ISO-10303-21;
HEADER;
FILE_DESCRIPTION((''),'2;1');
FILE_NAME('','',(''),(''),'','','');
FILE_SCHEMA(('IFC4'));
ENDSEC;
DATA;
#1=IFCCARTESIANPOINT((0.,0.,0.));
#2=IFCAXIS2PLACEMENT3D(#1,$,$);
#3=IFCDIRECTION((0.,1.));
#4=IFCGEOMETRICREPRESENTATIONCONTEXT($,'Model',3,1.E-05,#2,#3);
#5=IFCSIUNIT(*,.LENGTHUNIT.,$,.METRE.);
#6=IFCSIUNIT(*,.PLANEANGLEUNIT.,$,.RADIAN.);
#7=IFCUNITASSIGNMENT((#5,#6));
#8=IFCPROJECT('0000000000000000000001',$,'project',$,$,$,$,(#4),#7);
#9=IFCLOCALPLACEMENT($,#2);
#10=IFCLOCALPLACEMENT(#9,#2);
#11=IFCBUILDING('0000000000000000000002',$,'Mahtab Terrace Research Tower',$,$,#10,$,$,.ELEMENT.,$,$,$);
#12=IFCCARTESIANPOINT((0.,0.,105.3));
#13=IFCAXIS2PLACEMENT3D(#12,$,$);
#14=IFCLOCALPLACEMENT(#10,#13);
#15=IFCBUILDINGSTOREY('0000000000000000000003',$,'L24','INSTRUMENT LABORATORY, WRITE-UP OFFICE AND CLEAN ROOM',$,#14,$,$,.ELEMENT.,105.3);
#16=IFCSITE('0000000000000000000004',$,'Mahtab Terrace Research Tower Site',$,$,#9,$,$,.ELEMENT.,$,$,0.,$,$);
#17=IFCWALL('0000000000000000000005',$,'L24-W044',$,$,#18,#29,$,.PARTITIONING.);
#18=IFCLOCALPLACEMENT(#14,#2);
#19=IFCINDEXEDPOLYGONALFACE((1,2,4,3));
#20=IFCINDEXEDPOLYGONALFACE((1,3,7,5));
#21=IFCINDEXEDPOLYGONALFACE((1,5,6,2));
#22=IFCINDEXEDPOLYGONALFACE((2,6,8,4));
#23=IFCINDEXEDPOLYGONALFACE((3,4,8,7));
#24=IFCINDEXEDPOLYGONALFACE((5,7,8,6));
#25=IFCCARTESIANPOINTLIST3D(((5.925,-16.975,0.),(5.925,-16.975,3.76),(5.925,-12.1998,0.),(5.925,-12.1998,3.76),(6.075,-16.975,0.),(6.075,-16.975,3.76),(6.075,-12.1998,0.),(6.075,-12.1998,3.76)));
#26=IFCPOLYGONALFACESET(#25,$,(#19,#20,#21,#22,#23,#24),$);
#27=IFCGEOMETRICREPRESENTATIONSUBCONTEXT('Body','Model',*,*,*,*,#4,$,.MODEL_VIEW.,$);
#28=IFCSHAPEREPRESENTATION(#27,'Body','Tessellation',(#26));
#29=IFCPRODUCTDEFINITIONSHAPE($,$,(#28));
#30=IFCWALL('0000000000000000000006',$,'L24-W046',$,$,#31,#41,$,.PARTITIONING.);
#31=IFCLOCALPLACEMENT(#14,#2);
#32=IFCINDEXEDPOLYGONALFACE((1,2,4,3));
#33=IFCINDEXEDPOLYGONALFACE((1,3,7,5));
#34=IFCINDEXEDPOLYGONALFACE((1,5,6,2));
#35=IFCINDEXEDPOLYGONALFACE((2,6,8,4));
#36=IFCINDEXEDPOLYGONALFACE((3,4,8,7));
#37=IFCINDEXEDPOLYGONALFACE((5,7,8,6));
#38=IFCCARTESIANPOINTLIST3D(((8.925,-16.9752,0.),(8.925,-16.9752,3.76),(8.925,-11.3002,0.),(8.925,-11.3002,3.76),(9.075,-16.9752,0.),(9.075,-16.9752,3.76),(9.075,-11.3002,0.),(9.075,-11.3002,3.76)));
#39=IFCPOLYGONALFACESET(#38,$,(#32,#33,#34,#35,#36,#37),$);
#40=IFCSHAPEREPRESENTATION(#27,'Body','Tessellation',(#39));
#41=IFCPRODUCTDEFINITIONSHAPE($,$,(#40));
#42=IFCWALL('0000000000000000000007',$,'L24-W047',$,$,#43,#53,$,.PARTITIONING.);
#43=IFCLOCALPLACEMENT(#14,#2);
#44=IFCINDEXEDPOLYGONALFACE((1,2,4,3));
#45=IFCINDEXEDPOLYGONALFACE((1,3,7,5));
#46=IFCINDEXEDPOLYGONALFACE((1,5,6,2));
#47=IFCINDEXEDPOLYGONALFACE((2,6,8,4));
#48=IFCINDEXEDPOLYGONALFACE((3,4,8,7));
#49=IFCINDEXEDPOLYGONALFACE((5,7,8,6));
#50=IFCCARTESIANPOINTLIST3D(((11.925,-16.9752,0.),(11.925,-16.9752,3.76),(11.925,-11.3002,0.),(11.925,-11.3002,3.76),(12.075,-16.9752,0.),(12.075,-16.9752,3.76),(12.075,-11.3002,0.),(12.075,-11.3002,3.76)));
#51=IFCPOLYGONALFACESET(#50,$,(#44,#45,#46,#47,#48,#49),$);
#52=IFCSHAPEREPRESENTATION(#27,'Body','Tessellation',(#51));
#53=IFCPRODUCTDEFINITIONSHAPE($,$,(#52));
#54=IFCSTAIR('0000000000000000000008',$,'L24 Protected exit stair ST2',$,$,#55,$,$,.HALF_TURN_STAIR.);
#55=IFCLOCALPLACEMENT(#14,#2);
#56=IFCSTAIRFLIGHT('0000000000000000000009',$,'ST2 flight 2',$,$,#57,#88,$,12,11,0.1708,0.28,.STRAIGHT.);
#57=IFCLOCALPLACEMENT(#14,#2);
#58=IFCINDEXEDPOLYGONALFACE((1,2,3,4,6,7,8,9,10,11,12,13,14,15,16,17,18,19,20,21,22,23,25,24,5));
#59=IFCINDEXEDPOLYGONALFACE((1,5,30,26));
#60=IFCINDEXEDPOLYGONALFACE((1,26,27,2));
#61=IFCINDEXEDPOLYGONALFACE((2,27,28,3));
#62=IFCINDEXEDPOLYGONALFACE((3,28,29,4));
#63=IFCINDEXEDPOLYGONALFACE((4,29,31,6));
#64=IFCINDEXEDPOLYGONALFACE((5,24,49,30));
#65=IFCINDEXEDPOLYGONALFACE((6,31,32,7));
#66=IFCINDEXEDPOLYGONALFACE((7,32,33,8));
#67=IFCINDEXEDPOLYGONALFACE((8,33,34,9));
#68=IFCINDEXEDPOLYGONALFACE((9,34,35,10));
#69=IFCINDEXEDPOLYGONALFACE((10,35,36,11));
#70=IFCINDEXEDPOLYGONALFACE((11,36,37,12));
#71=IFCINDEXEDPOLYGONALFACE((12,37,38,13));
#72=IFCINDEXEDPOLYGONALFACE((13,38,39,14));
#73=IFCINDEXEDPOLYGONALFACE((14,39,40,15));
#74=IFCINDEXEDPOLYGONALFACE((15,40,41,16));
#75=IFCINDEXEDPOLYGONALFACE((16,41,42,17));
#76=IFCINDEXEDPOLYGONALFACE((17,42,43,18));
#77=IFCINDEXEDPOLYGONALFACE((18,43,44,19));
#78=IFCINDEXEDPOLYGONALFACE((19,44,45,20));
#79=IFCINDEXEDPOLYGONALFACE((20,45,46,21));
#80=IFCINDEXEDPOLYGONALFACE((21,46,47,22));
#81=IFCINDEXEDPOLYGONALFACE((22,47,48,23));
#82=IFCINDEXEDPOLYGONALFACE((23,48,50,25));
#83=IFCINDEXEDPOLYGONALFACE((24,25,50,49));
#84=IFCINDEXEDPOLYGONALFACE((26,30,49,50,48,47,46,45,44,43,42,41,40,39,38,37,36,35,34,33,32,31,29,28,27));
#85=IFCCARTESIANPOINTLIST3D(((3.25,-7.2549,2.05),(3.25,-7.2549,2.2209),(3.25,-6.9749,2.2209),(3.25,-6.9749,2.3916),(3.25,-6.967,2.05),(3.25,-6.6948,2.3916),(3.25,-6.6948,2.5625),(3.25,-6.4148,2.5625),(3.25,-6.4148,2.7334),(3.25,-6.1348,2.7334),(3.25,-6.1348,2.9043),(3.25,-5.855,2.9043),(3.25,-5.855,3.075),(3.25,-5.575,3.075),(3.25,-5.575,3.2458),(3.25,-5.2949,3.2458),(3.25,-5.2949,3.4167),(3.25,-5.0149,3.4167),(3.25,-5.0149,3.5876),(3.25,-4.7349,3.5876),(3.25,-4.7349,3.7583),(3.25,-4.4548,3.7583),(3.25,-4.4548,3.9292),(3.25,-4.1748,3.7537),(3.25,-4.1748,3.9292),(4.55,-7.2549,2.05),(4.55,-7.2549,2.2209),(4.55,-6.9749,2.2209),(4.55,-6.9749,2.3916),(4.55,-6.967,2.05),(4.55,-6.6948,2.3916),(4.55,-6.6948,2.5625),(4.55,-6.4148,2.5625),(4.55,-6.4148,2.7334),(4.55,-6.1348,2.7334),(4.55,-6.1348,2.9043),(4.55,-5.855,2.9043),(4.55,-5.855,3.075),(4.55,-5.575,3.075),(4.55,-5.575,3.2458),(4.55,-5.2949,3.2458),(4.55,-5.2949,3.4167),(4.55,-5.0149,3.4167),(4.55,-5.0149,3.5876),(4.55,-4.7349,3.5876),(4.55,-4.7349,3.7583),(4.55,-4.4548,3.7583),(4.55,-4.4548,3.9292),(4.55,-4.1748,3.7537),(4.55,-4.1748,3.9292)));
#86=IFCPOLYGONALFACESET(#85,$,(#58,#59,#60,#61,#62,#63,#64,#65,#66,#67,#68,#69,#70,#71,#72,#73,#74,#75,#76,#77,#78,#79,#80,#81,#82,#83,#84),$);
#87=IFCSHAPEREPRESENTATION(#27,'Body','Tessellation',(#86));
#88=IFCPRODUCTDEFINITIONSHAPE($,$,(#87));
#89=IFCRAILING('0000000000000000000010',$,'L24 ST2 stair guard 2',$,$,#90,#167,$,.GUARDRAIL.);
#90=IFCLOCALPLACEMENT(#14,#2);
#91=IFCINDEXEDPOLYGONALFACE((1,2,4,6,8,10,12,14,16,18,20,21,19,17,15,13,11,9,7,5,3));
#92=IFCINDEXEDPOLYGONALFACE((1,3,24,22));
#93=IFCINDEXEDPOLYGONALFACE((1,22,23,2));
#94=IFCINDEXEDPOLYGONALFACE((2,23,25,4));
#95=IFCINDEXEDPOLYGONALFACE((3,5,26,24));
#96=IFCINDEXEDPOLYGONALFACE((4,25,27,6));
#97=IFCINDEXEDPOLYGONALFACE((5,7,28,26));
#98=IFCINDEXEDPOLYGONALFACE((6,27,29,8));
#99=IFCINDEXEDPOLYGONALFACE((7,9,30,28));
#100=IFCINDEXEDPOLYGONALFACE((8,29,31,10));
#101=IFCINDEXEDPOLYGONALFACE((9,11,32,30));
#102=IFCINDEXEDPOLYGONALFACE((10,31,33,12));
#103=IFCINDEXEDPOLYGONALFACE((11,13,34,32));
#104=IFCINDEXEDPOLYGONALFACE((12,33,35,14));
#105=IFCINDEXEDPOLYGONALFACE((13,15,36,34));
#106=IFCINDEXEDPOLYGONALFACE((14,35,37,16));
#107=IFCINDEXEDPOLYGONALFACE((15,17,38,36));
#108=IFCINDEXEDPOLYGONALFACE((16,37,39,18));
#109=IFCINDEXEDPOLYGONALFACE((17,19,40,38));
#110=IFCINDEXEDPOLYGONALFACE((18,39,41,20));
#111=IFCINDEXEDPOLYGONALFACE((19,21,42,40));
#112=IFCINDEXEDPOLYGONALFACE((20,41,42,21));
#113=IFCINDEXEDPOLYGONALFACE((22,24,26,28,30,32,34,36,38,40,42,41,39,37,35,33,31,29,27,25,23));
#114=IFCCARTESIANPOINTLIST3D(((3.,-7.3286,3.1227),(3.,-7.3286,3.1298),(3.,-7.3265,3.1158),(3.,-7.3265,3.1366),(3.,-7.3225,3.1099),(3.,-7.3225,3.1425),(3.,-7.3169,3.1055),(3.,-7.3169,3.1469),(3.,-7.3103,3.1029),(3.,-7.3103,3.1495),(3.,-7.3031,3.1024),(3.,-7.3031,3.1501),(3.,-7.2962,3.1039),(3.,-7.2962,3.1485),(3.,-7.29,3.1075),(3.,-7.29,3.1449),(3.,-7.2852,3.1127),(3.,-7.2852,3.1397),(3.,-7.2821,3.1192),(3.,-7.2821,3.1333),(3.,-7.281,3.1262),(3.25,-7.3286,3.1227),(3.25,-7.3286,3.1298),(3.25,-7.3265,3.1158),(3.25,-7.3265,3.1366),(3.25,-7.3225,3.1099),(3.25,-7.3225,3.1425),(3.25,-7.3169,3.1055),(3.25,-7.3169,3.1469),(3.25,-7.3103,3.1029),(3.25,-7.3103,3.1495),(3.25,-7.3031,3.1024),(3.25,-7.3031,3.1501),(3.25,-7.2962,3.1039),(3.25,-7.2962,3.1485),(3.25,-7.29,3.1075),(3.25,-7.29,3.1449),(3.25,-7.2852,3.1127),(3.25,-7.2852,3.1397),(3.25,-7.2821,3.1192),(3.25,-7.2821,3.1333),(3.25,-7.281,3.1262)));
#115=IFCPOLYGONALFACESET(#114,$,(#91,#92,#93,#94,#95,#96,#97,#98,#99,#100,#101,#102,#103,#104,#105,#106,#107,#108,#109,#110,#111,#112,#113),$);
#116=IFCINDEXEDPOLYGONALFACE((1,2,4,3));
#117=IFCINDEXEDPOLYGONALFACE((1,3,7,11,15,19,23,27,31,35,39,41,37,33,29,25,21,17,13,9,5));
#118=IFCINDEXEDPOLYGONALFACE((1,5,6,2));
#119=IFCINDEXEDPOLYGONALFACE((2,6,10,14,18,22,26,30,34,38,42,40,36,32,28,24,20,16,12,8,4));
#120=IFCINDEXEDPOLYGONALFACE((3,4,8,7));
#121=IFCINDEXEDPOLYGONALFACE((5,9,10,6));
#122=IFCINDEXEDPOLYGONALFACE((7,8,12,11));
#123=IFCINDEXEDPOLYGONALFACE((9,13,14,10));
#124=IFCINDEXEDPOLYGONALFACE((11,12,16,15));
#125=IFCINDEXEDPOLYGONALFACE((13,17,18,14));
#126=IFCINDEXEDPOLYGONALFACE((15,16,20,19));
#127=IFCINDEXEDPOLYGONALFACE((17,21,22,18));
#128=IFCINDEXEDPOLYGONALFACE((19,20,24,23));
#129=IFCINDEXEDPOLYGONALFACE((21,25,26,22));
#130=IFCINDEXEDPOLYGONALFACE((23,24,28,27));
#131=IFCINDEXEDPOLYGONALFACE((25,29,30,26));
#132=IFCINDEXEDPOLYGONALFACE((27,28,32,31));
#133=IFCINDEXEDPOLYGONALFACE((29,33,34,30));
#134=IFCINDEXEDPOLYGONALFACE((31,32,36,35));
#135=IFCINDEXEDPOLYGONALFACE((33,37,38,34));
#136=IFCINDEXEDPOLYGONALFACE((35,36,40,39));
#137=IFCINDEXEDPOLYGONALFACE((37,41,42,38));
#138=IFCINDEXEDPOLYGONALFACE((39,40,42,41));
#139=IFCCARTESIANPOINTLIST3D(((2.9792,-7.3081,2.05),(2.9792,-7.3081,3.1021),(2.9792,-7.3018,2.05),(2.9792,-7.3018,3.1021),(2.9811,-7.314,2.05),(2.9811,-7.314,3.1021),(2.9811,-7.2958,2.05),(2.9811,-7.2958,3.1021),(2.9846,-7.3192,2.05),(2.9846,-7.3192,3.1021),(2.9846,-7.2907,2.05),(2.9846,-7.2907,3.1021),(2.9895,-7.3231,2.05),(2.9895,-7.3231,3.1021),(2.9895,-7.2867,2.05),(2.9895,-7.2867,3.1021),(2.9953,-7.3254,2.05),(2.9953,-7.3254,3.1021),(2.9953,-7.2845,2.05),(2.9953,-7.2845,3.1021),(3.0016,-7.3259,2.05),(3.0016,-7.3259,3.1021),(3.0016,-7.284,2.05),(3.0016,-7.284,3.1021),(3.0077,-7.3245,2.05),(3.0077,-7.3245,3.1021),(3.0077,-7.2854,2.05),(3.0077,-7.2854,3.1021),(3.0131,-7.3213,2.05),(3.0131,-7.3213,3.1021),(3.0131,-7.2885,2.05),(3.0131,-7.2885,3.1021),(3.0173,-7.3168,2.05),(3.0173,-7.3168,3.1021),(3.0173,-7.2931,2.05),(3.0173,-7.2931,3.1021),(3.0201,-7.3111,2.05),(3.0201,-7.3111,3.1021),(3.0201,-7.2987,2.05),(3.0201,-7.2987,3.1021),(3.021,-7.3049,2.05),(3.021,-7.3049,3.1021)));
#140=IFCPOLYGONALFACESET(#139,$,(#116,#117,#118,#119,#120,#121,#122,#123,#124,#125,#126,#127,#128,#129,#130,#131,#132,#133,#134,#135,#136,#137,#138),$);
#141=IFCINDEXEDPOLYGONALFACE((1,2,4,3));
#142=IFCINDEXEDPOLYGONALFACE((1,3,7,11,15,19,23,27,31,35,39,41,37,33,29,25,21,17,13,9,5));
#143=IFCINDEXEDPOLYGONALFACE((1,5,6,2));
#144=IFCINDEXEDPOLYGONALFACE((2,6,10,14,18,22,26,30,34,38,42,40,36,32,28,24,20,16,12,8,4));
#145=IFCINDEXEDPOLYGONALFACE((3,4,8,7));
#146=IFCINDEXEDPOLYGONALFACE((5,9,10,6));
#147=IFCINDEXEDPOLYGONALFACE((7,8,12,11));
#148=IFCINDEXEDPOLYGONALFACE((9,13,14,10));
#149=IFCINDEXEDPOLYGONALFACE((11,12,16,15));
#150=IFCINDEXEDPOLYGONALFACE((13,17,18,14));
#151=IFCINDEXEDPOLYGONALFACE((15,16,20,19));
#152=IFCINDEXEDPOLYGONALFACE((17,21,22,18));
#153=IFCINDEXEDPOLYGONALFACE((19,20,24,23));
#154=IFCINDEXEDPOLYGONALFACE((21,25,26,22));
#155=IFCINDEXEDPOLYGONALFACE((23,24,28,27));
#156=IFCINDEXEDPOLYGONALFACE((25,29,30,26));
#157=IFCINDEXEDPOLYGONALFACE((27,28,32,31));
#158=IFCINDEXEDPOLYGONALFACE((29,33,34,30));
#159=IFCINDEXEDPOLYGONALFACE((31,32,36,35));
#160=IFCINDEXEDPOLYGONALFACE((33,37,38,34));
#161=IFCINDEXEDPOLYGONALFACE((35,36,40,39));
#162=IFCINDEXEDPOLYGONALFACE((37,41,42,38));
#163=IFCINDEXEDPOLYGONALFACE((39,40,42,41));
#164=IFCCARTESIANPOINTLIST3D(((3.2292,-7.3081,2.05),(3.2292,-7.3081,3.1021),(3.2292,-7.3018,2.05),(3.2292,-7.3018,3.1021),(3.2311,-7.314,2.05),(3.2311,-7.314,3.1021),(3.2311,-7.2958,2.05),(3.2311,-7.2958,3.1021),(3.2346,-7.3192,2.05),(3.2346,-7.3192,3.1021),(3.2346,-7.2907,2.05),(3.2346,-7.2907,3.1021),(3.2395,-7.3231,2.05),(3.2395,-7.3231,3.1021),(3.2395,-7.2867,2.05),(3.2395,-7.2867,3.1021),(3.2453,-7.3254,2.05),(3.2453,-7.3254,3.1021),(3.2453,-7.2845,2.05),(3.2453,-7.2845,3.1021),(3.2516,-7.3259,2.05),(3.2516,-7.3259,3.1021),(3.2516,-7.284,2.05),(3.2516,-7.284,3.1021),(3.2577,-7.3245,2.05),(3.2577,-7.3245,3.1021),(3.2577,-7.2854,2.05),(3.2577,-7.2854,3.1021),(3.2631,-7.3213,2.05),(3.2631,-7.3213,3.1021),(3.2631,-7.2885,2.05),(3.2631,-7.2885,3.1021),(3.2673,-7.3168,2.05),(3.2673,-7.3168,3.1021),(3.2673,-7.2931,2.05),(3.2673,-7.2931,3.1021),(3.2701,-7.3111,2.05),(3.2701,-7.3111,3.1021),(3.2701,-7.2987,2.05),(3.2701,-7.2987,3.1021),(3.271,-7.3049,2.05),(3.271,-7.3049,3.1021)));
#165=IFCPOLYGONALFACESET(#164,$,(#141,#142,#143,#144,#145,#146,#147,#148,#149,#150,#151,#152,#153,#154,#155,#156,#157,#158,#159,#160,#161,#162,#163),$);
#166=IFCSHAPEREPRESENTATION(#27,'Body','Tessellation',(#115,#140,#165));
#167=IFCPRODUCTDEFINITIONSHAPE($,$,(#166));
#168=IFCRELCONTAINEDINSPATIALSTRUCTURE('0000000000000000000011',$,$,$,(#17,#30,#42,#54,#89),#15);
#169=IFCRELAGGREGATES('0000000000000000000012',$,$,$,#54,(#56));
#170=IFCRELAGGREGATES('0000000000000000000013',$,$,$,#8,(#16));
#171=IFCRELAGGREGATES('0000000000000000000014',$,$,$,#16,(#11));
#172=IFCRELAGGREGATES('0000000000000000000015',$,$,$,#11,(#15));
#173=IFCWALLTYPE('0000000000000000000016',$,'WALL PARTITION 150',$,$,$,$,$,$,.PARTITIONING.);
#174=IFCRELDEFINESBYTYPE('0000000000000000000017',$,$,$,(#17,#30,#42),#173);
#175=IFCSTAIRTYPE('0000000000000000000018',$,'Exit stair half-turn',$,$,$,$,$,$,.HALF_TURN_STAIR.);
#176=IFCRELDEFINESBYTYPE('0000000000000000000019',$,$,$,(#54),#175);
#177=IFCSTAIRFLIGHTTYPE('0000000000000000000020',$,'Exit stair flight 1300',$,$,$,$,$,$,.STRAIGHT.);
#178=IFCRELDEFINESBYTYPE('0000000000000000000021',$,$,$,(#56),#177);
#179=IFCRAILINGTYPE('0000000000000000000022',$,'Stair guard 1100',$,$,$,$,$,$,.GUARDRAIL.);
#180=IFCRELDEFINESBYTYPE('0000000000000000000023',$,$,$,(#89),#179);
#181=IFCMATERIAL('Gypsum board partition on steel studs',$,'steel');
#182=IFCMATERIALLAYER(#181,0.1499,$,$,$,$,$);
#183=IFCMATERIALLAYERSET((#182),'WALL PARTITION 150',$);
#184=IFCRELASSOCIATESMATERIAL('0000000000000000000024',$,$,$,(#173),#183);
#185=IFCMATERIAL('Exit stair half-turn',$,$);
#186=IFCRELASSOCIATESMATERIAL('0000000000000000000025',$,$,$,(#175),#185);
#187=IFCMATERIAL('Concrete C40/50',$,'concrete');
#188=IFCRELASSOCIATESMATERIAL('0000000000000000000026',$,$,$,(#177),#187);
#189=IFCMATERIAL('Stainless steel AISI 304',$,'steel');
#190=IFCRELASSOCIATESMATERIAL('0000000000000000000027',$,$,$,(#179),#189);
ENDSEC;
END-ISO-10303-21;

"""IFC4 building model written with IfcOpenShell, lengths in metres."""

from ifc_helpers import new_model, si_unit, direction, frame, frame_2d, origin, origin_2d, place, context, subcontext, project, spatial, polyline, rectangle, circle, outline, extrude, material, layer, layer_set, type_object, element, aggregate, save


model = new_model("IFC4")

# Units and contexts
model_context = context("Model", 3, precision=1e-05, world=origin(), true_north=direction((0.0, 1.0)))
body_context = subcontext(model_context, "Body", "Model", "MODEL_VIEW")
ifc_project = project(units=[si_unit("LENGTHUNIT", "METRE"), si_unit("PLANEANGLEUNIT", "RADIAN")], contexts=[model_context])

# Site, building, storey
site_placement = place(None, origin())
site = spatial("IfcSite", under=ifc_project, at=site_placement, Name="Mahtab Terrace Research Tower Site", CompositionType="ELEMENT", RefElevation=0.0)
building_placement = place(site_placement, origin())
building = spatial("IfcBuilding", under=site, at=building_placement, Name="Mahtab Terrace Research Tower", CompositionType="ELEMENT")
storey_placement = place(building_placement, frame((0.0, 0.0, 105.3)))
storey = spatial("IfcBuildingStorey", under=building, at=storey_placement, Name="L24", Description="INSTRUMENT LABORATORY, WRITE-UP OFFICE AND CLEAN ROOM", CompositionType="ELEMENT", Elevation=105.3)

# Walls
ifc_material_1 = material(Name="Gypsum board partition on steel studs", Category="steel")
ifc_layer_1 = layer(ifc_material_1, 0.1499)
ifc_layer_set_1 = layer_set([ifc_layer_1], Name="WALL PARTITION 150")
wall_type_1 = type_object("IfcWallType", Name="WALL PARTITION 150", PredefinedType="PARTITIONING", material=ifc_layer_set_1)
wall_1_placement = place(storey_placement, frame((6.0, -16.9751, 0.0), z_axis=(0.0, 0.0, 1.0), x_axis=(0.0, 1.0, 0.0)))
element("IfcWall", 1, at=wall_1_placement, inside=storey, type_object=wall_type_1, Name="L24-W044", PredefinedType="PARTITIONING", context=body_context, shape_type="SweptSolid", body=[
    extrude(rectangle(XDim=4.7751, YDim=0.1499, at=frame_2d((2.3877, 0.0))), origin(), (0.0, 0.0, 1.0), 3.76),
])
for number, where, z_axis, x_axis, name in (
    (2, (9.0, -16.9751, 0.0), (0.0, 0.0, 1.0), (0.0, 1.0, 0.0), "L24-W046"),
    (3, (12.0, -16.9751, 0.0), (0.0, 0.0, 1.0), (0.0, 1.0, 0.0), "L24-W047"),
):
    element("IfcWall", number, at=place(storey_placement, frame(where, z_axis=z_axis, x_axis=x_axis)), inside=storey, type_object=wall_type_1, Name=name, PredefinedType="PARTITIONING", context=body_context, shape_type="SweptSolid", body=[
        extrude(rectangle(XDim=5.675, YDim=0.1499, at=frame_2d((2.8374, 0.0))), origin(), (0.0, 0.0, 1.0), 3.76),
    ])

# Stair, stair flight
ifc_material_2 = material(Name="Exit stair half-turn")
stair_type = type_object("IfcStairType", Name="Exit stair half-turn", PredefinedType="HALF_TURN_STAIR", material=ifc_material_2)
stair_placement = place(storey_placement, origin())
stair = element("IfcStair", 4, at=stair_placement, inside=storey, type_object=stair_type, Name="L24 Protected exit stair ST2", PredefinedType="HALF_TURN_STAIR")
ifc_material_3 = material(Name="Concrete C40/50", Category="concrete")
stair_flight_type = type_object("IfcStairFlightType", Name="Exit stair flight 1300", PredefinedType="STRAIGHT", material=ifc_material_3)
stair_flight_placement = place(storey_placement, frame((3.8999, -7.2549, 2.05), z_axis=(0.0, 0.0, 1.0), x_axis=(0.0, 1.0, 0.0)))
stair_flight = element("IfcStairFlight", 5, at=stair_flight_placement, type_object=stair_flight_type, Name="ST2 flight 2", NumberOfRisers=12, NumberOfTreads=11, PredefinedType="STRAIGHT", RiserHeight=0.1708, TreadLength=0.28, context=body_context, shape_type="SweptSolid", body=[
    extrude(outline(polyline([(0.0, 0.0), (0.0, 0.1709), (0.28, 0.1709), (0.28, 0.3416), (0.5601, 0.3416), (0.5601, 0.5125), (0.8401, 0.5125), (0.8401, 0.6833), (1.1201, 0.6833), (1.1201, 0.8542), (1.3999, 0.8542), (1.3999, 1.0249), (1.6799, 1.0249), (1.6799, 1.1958), (1.96, 1.1958), (1.96, 1.3667), (2.24, 1.3667), (2.24, 1.5376), (2.52, 1.5376), (2.52, 1.7083), (2.8, 1.7083), (2.8, 1.8792), (3.0801, 1.8792), (3.0801, 2.05), (3.0801, 1.7036), (0.2878, 0.0), (0.0, 0.0)])), frame((0.0, 0.6499, 0.0), z_axis=(0.0, -1.0, 0.0), x_axis=(1.0, 0.0, 0.0)), (0.0, 0.0, 1.0), 1.3),
])
aggregate(stair, [stair_flight])

# Railing
ifc_material_4 = material(Name="Stainless steel AISI 304", Category="steel")
railing_type_1 = type_object("IfcRailingType", Name="Stair guard 1100", PredefinedType="GUARDRAIL", material=ifc_material_4)
railing_1_placement = place(storey_placement, frame((3.0, -7.3049, 2.05)))
element("IfcRailing", 6, at=railing_1_placement, inside=storey, type_object=railing_type_1, Name="L24 ST2 stair guard 2", PredefinedType="GUARDRAIL", context=body_context, shape_type="SweptSolid", body=[
    extrude(circle(Radius=0.0239, at=origin_2d()), frame((0.0, 0.0, 1.0762), z_axis=(1.0, 0.0, 0.0), x_axis=(0.0, 1.0, 0.0)), (0.0, 0.0, 1.0), 0.25),
    extrude(circle(Radius=0.021, at=origin_2d()), origin(), (0.0, 0.0, 1.0), 1.052),
    extrude(circle(Radius=0.021, at=origin_2d()), frame((0.25, 0.0, 0.0)), (0.0, 0.0, 1.0), 1.052),
])

save(model, "model.ifc")
